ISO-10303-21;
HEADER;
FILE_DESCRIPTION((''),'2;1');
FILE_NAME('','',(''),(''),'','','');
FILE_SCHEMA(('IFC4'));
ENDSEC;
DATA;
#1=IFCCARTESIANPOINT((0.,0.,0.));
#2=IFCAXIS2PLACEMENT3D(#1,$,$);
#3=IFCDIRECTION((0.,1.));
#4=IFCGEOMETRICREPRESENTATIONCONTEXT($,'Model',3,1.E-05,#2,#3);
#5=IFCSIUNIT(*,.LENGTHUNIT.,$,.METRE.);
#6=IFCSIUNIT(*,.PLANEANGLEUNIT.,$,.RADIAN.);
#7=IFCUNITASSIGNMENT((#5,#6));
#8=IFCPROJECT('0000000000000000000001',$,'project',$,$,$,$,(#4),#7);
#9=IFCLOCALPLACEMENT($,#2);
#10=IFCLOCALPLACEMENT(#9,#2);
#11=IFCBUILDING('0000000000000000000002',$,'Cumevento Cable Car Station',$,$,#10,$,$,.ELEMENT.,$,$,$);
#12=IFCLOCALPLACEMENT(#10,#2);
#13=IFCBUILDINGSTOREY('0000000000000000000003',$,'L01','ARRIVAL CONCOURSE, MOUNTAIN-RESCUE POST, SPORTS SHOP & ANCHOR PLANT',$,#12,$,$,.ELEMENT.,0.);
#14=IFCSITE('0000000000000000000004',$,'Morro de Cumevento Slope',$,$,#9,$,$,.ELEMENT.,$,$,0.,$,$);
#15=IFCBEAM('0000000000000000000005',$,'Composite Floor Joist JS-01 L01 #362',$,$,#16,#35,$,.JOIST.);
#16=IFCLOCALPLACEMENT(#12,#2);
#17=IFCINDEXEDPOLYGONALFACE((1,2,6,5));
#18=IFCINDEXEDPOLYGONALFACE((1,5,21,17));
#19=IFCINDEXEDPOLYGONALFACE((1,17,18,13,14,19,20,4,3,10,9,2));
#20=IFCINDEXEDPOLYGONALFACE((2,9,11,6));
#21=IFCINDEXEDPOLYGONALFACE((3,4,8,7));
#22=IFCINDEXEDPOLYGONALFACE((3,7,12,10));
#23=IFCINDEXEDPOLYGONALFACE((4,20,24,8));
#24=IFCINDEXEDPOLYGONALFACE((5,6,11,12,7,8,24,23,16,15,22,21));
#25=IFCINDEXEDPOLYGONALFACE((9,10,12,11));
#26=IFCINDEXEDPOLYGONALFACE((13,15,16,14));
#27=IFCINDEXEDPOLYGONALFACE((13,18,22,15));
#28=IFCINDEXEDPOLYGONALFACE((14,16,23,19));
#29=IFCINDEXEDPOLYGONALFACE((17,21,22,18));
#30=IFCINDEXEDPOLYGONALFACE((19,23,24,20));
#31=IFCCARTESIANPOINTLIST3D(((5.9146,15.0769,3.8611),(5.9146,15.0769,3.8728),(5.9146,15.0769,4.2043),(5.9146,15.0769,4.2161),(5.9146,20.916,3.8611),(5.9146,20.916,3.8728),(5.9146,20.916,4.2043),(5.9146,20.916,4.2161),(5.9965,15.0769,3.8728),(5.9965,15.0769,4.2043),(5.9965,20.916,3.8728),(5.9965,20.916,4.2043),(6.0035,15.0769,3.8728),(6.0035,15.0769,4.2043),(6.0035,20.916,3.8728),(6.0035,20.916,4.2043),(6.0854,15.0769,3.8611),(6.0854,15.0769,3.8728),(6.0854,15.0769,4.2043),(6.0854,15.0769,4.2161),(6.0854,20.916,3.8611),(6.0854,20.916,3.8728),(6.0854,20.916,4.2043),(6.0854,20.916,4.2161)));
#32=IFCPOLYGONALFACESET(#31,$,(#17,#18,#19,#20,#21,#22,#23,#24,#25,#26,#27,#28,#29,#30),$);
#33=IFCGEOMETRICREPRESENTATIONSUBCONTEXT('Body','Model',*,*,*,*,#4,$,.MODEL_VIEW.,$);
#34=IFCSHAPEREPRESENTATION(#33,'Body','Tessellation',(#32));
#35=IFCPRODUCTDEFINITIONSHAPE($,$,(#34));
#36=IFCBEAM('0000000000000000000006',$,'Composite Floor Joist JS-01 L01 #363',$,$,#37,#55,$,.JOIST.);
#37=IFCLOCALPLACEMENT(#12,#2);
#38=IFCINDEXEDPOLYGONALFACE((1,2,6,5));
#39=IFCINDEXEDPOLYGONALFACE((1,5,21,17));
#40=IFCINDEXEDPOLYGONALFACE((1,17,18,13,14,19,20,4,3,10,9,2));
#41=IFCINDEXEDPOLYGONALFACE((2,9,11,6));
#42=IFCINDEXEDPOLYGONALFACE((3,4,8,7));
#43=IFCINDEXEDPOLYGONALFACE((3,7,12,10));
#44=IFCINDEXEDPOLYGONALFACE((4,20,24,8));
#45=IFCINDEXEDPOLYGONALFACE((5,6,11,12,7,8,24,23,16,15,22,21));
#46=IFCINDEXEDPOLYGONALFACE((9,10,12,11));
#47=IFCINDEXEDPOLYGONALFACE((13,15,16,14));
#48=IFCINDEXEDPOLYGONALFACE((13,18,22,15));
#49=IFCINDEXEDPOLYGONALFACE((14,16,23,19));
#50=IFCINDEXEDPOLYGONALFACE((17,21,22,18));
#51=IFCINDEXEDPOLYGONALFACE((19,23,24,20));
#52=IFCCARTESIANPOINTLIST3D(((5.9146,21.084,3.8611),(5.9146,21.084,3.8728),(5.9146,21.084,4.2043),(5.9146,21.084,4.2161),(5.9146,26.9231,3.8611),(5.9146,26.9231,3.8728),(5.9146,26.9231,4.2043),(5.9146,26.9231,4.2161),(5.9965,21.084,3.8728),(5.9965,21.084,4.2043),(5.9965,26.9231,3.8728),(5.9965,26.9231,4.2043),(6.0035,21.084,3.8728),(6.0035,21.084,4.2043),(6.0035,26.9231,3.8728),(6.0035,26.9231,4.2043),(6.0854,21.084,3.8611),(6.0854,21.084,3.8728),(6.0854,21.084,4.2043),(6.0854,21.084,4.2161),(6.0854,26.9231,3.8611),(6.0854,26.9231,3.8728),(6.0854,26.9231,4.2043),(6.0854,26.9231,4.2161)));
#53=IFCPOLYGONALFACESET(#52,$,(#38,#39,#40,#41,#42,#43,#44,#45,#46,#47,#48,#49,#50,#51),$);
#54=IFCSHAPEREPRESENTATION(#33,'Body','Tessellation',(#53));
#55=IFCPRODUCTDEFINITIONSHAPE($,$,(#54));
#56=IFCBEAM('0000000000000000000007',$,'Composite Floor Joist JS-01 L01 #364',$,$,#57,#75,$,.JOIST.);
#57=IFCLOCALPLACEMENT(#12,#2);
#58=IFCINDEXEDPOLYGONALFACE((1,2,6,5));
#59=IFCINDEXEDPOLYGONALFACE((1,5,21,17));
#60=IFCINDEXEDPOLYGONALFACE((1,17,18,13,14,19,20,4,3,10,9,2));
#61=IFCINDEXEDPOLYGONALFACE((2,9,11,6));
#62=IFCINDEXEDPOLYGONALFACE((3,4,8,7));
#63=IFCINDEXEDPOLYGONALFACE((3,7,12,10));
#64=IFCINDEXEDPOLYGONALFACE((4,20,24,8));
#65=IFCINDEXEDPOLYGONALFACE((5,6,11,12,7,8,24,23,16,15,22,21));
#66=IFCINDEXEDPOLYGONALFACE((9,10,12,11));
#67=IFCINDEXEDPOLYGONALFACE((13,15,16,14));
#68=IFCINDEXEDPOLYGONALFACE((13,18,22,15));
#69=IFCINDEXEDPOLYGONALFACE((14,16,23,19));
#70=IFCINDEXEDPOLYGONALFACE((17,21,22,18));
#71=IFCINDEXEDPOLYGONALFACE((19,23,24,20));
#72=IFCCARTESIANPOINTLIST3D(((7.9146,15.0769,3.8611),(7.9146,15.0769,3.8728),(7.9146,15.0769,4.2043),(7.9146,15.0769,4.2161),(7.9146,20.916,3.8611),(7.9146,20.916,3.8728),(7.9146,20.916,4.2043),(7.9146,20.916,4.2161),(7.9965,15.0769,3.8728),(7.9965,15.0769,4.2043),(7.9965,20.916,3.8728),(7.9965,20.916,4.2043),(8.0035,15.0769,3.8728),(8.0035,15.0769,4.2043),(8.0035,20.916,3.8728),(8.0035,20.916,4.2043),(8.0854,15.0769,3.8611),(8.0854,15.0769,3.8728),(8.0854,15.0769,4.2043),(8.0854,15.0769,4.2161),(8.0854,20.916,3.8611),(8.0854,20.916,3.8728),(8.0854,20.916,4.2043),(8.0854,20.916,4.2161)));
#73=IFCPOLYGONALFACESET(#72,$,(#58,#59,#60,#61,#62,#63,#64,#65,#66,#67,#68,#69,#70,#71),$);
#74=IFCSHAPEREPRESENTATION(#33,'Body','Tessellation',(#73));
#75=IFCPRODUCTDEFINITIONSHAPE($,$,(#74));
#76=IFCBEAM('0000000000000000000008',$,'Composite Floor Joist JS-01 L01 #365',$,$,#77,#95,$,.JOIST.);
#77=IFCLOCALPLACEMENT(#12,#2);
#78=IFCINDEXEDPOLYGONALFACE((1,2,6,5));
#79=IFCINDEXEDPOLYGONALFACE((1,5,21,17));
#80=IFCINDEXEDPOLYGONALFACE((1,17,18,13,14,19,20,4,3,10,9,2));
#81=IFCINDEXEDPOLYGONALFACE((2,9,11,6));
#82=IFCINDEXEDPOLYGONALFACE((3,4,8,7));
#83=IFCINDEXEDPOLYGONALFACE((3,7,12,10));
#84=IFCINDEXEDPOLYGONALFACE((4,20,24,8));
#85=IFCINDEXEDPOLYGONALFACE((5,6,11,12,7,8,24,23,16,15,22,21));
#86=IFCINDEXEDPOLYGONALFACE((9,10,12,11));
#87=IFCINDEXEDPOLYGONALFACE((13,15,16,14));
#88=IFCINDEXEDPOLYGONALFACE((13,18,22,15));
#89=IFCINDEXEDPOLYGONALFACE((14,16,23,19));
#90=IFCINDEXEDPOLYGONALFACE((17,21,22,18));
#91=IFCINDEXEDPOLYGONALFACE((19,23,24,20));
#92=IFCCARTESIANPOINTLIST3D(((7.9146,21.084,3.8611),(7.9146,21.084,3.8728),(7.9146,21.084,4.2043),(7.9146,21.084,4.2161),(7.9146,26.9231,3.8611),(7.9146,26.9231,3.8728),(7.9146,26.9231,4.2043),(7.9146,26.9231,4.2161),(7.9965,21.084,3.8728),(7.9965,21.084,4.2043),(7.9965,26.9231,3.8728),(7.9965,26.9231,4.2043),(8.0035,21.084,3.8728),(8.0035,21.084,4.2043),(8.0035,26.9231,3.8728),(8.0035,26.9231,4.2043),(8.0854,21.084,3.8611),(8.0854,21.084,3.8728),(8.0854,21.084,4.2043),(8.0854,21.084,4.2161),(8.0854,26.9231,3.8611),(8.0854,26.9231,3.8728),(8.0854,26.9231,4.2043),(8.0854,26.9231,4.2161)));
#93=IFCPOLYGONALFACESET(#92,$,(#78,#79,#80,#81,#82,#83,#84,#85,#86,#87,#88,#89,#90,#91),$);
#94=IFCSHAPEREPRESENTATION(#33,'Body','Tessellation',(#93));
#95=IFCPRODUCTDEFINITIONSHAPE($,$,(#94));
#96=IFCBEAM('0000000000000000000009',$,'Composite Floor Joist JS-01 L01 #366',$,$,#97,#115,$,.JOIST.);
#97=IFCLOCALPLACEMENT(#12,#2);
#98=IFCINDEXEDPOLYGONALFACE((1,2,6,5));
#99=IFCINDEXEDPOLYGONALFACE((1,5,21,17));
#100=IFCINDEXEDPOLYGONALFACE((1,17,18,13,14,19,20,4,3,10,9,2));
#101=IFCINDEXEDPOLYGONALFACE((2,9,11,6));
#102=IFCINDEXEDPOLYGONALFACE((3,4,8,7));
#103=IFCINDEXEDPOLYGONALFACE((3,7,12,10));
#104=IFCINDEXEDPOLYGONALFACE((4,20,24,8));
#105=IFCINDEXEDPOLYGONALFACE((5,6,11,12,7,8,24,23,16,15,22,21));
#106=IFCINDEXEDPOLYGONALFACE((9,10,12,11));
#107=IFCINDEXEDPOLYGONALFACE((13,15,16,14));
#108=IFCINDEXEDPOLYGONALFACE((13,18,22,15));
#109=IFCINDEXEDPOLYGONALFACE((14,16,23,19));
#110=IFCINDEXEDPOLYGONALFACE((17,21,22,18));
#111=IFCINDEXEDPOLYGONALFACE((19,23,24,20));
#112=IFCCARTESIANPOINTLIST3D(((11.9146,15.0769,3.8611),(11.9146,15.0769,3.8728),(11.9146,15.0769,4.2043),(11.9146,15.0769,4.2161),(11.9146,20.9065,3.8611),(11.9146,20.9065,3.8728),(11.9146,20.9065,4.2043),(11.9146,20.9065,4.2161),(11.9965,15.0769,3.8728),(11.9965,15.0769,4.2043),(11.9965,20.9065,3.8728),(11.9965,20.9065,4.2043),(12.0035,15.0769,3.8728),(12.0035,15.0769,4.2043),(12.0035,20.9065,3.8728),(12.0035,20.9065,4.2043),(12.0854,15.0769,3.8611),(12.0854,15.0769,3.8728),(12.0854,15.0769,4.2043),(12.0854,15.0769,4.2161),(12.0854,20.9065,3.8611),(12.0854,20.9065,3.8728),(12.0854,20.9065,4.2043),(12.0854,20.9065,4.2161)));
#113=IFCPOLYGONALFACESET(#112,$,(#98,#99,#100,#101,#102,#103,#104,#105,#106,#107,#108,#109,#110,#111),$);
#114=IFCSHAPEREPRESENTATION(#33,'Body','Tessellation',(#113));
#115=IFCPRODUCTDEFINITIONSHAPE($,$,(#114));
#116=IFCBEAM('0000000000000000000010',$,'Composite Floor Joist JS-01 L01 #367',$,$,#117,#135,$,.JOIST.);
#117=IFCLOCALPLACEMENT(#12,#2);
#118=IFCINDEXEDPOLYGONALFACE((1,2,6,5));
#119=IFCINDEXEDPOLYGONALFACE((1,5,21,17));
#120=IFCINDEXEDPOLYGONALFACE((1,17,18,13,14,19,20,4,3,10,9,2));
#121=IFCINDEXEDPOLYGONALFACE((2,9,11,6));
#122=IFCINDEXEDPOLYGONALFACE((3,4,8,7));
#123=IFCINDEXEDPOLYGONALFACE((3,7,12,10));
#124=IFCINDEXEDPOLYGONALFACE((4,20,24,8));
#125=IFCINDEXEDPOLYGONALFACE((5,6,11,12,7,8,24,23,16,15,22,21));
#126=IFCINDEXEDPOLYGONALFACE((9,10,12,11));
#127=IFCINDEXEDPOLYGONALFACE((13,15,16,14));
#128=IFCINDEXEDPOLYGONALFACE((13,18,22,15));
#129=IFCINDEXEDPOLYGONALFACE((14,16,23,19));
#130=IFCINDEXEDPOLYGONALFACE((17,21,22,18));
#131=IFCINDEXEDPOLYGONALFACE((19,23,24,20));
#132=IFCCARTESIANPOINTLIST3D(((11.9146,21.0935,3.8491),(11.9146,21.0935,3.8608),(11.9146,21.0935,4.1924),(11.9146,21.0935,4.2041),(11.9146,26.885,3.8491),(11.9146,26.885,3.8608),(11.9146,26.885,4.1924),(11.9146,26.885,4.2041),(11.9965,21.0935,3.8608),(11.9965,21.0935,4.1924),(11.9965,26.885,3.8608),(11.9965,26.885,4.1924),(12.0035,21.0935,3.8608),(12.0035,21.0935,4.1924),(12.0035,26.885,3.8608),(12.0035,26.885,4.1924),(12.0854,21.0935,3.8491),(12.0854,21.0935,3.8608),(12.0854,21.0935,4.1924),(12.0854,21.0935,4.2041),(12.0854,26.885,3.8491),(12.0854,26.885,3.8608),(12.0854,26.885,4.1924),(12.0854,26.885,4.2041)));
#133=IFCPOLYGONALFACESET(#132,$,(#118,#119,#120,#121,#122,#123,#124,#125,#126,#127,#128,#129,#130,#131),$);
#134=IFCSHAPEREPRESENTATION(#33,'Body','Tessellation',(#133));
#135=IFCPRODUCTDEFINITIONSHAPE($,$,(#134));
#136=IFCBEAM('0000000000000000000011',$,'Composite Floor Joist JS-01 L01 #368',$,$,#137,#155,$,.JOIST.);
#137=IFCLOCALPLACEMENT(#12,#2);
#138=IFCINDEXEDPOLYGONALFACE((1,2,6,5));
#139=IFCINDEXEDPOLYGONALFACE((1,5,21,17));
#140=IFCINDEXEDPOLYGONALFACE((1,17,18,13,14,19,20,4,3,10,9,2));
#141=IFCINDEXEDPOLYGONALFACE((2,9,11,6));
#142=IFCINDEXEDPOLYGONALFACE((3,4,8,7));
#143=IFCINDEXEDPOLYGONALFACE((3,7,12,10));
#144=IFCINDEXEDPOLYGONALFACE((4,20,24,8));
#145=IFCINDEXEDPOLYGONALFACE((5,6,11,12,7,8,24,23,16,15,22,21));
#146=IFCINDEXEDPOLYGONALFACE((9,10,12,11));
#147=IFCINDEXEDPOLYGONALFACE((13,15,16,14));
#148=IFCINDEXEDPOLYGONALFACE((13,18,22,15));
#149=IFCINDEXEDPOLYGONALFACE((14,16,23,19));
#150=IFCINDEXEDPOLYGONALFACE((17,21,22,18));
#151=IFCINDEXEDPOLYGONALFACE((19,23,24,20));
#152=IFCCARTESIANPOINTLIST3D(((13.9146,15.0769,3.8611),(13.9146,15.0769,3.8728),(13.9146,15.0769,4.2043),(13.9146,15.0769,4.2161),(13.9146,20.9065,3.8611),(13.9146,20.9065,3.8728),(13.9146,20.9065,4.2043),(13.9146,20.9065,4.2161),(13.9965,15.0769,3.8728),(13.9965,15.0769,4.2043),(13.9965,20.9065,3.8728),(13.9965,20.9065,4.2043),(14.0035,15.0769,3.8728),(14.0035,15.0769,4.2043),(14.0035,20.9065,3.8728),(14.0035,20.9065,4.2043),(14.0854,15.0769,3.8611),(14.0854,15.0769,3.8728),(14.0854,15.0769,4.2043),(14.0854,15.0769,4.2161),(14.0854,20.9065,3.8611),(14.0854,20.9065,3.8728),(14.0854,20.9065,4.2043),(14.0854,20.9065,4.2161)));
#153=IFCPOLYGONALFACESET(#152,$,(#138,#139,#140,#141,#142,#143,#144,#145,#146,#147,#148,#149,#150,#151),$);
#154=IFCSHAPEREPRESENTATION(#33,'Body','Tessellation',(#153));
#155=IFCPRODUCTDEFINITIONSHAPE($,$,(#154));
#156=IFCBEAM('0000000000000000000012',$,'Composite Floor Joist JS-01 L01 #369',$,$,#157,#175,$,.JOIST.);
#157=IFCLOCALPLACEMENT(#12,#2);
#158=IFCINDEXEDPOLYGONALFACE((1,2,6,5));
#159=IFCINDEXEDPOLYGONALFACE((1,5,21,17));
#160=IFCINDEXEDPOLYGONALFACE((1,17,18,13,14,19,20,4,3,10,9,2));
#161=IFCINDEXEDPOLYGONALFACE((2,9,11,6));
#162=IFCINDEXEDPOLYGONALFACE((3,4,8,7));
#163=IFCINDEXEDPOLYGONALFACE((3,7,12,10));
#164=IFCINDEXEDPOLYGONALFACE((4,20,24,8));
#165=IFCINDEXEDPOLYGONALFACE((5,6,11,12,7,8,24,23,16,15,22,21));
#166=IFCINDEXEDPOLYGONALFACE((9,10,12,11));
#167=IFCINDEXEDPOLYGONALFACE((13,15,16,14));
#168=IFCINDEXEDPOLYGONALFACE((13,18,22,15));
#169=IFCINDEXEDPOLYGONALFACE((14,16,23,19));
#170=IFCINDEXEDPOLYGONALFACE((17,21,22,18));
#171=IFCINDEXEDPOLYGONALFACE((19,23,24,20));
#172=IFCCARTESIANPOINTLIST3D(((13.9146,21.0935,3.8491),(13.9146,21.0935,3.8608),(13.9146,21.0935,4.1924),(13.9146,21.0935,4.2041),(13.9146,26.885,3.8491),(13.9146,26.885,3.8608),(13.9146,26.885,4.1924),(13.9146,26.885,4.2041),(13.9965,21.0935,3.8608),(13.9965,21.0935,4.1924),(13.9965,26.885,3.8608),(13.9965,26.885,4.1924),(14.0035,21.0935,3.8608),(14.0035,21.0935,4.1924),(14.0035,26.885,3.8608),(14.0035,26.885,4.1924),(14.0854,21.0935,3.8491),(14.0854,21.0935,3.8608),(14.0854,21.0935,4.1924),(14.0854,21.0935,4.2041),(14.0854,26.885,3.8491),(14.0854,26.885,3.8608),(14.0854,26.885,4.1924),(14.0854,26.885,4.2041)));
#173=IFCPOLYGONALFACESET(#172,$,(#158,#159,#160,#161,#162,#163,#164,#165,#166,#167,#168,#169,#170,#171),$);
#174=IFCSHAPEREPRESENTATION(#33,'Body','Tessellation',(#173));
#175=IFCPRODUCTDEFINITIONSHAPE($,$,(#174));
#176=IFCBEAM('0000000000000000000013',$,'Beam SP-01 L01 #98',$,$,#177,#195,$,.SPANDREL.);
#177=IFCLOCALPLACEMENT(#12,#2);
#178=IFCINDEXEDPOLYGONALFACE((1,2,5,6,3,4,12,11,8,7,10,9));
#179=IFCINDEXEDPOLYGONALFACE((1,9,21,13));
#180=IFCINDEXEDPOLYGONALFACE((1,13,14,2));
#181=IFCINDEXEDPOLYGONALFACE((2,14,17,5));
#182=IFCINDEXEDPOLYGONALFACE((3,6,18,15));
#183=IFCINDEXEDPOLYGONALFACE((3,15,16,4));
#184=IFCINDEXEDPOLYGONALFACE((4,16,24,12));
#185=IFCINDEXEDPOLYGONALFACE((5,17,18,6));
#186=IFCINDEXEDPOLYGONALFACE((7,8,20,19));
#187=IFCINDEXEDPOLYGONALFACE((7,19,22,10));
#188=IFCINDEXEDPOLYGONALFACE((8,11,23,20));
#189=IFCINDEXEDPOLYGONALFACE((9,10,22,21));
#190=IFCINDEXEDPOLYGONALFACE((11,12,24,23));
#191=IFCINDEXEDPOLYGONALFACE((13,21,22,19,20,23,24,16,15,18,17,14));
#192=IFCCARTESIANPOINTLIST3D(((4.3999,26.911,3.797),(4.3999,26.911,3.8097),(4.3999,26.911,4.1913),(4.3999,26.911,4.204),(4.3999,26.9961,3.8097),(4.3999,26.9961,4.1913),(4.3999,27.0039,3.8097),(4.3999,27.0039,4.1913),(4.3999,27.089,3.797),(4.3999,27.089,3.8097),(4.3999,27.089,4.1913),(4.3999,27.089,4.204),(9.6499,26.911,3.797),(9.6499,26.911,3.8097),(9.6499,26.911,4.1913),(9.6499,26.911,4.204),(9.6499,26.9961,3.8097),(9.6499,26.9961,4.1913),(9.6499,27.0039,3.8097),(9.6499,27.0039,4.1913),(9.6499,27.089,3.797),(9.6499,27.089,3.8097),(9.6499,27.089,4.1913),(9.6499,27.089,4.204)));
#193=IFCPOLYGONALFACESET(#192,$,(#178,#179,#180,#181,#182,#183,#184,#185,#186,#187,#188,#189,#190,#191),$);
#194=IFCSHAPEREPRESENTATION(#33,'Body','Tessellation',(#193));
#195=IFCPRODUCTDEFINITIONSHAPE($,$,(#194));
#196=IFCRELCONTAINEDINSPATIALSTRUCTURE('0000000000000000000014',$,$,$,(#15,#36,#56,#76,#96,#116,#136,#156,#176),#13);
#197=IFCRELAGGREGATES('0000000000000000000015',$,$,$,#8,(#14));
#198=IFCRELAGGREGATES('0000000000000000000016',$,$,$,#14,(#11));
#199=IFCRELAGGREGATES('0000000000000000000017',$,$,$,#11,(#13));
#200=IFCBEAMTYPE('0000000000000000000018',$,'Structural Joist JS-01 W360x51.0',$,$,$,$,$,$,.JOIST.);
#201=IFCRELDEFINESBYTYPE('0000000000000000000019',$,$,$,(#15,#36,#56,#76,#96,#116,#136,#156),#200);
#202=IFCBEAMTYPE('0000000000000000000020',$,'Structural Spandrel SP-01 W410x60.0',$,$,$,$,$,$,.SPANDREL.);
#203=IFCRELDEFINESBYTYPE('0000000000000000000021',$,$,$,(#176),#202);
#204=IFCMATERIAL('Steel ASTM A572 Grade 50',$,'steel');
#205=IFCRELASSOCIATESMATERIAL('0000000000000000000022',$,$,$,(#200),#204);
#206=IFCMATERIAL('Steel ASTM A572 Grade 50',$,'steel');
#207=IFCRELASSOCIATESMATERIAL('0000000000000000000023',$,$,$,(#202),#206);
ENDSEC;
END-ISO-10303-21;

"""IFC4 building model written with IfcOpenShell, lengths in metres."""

from ifc_helpers import new_model, si_unit, direction, frame, origin, origin_2d, place, context, subcontext, project, spatial, i_section, extrude, material, material_profile, profile_set, type_object, element, save


model = new_model("IFC4")

# Units and contexts
model_context = context("Model", 3, precision=1e-05, world=origin(), true_north=direction((0.0, 1.0)))
body_context = subcontext(model_context, "Body", "Model", "MODEL_VIEW")
ifc_project = project(units=[si_unit("LENGTHUNIT", "METRE"), si_unit("PLANEANGLEUNIT", "RADIAN")], contexts=[model_context])

# Site, building, storey
site_placement = place(None, origin())
site = spatial("IfcSite", under=ifc_project, at=site_placement, Name="Morro de Cumevento Slope", CompositionType="ELEMENT", RefElevation=0.0)
building_placement = place(site_placement, origin())
building = spatial("IfcBuilding", under=site, at=building_placement, Name="Cumevento Cable Car Station", CompositionType="ELEMENT")
storey_placement = place(building_placement, origin())
storey = spatial("IfcBuildingStorey", under=building, at=storey_placement, Name="L01", Description="ARRIVAL CONCOURSE, MOUNTAIN-RESCUE POST, SPORTS SHOP & ANCHOR PLANT", CompositionType="ELEMENT", Elevation=0.0)

# Beams
ifc_material_1 = material(Name="Steel ASTM A572 Grade 50", Category="steel")
ifc_material_profile_1 = material_profile(ifc_material_1, i_section(OverallWidth=0.1709, OverallDepth=0.355, WebThickness=0.0071, FlangeThickness=0.0117, at=origin_2d()), Name="W360x51.0")
ifc_profile_set_1 = profile_set([ifc_material_profile_1], Name="Steel ASTM A572 Grade 50")
beam_type_1 = type_object("IfcBeamType", Name="Structural Joist JS-01 W360x51.0", PredefinedType="JOIST", material=ifc_profile_set_1)
for number, where, z_axis, x_axis, name in (
    (1, (6.0, 15.0769, 4.0386), (0.0, 1.0, 0.0), (-1.0, 0.0, 0.0), "Composite Floor Joist JS-01 L01 #362"),
    (2, (6.0, 21.084, 4.0386), (0.0, 1.0, 0.0), (-1.0, 0.0, 0.0), "Composite Floor Joist JS-01 L01 #363"),
    (3, (8.0, 15.0769, 4.0386), (0.0, 1.0, 0.0), (-1.0, 0.0, 0.0), "Composite Floor Joist JS-01 L01 #364"),
    (4, (8.0, 21.084, 4.0386), (0.0, 1.0, 0.0), (-1.0, 0.0, 0.0), "Composite Floor Joist JS-01 L01 #365"),
):
    element("IfcBeam", number, at=place(storey_placement, frame(where, z_axis=z_axis, x_axis=x_axis)), inside=storey, type_object=beam_type_1, Name=name, PredefinedType="JOIST", context=body_context, shape_type="SweptSolid", body=[
        extrude(i_section(OverallWidth=0.1709, OverallDepth=0.355, WebThickness=0.0071, FlangeThickness=0.0117, at=origin_2d()), origin(), (0.0, 0.0, 1.0), 5.8391),
    ])
beam_1_placement = place(storey_placement, frame((12.0, 15.0769, 4.0386), z_axis=(0.0, 1.0, 0.0), x_axis=(-1.0, 0.0, 0.0)))
element("IfcBeam", 5, at=beam_1_placement, inside=storey, type_object=beam_type_1, Name="Composite Floor Joist JS-01 L01 #366", PredefinedType="JOIST", context=body_context, shape_type="SweptSolid", body=[
    extrude(i_section(OverallWidth=0.1709, OverallDepth=0.355, WebThickness=0.0071, FlangeThickness=0.0117, at=origin_2d()), origin(), (0.0, 0.0, 1.0), 5.8296),
])
beam_2_placement = place(storey_placement, frame((12.0, 21.0935, 4.0266), z_axis=(0.0, 1.0, 0.0), x_axis=(-1.0, 0.0, 0.0)))
element("IfcBeam", 6, at=beam_2_placement, inside=storey, type_object=beam_type_1, Name="Composite Floor Joist JS-01 L01 #367", PredefinedType="JOIST", context=body_context, shape_type="SweptSolid", body=[
    extrude(i_section(OverallWidth=0.1709, OverallDepth=0.355, WebThickness=0.0071, FlangeThickness=0.0117, at=origin_2d()), origin(), (0.0, 0.0, 1.0), 5.7915),
])
beam_3_placement = place(storey_placement, frame((14.0, 15.0769, 4.0386), z_axis=(0.0, 1.0, 0.0), x_axis=(-1.0, 0.0, 0.0)))
element("IfcBeam", 7, at=beam_3_placement, inside=storey, type_object=beam_type_1, Name="Composite Floor Joist JS-01 L01 #368", PredefinedType="JOIST", context=body_context, shape_type="SweptSolid", body=[
    extrude(i_section(OverallWidth=0.1709, OverallDepth=0.355, WebThickness=0.0071, FlangeThickness=0.0117, at=origin_2d()), origin(), (0.0, 0.0, 1.0), 5.8296),
])
beam_4_placement = place(storey_placement, frame((14.0, 21.0935, 4.0266), z_axis=(0.0, 1.0, 0.0), x_axis=(-1.0, 0.0, 0.0)))
element("IfcBeam", 8, at=beam_4_placement, inside=storey, type_object=beam_type_1, Name="Composite Floor Joist JS-01 L01 #369", PredefinedType="JOIST", context=body_context, shape_type="SweptSolid", body=[
    extrude(i_section(OverallWidth=0.1709, OverallDepth=0.355, WebThickness=0.0071, FlangeThickness=0.0117, at=origin_2d()), origin(), (0.0, 0.0, 1.0), 5.7915),
])
ifc_material_2 = material(Name="Steel ASTM A572 Grade 50", Category="steel")
ifc_material_profile_2 = material_profile(ifc_material_2, i_section(OverallWidth=0.178, OverallDepth=0.407, WebThickness=0.0078, FlangeThickness=0.0127, at=origin_2d()), Name="W410x60.0")
ifc_profile_set_2 = profile_set([ifc_material_profile_2], Name="Steel ASTM A572 Grade 50")
beam_type_2 = type_object("IfcBeamType", Name="Structural Spandrel SP-01 W410x60.0", PredefinedType="SPANDREL", material=ifc_profile_set_2)
for number, where, z_axis, x_axis, name in (
    (9, (4.3999, 27.0, 4.0005), (1.0, 0.0, 0.0), (0.0, 1.0, 0.0), "Beam SP-01 L01 #98"),
):
    element("IfcBeam", number, at=place(storey_placement, frame(where, z_axis=z_axis, x_axis=x_axis)), inside=storey, type_object=beam_type_2, Name=name, PredefinedType="SPANDREL", context=body_context, shape_type="SweptSolid", body=[
        extrude(i_section(OverallWidth=0.178, OverallDepth=0.407, WebThickness=0.0078, FlangeThickness=0.0127, at=origin_2d()), origin(), (0.0, 0.0, 1.0), 5.25),
    ])

save(model, "model.ifc")
